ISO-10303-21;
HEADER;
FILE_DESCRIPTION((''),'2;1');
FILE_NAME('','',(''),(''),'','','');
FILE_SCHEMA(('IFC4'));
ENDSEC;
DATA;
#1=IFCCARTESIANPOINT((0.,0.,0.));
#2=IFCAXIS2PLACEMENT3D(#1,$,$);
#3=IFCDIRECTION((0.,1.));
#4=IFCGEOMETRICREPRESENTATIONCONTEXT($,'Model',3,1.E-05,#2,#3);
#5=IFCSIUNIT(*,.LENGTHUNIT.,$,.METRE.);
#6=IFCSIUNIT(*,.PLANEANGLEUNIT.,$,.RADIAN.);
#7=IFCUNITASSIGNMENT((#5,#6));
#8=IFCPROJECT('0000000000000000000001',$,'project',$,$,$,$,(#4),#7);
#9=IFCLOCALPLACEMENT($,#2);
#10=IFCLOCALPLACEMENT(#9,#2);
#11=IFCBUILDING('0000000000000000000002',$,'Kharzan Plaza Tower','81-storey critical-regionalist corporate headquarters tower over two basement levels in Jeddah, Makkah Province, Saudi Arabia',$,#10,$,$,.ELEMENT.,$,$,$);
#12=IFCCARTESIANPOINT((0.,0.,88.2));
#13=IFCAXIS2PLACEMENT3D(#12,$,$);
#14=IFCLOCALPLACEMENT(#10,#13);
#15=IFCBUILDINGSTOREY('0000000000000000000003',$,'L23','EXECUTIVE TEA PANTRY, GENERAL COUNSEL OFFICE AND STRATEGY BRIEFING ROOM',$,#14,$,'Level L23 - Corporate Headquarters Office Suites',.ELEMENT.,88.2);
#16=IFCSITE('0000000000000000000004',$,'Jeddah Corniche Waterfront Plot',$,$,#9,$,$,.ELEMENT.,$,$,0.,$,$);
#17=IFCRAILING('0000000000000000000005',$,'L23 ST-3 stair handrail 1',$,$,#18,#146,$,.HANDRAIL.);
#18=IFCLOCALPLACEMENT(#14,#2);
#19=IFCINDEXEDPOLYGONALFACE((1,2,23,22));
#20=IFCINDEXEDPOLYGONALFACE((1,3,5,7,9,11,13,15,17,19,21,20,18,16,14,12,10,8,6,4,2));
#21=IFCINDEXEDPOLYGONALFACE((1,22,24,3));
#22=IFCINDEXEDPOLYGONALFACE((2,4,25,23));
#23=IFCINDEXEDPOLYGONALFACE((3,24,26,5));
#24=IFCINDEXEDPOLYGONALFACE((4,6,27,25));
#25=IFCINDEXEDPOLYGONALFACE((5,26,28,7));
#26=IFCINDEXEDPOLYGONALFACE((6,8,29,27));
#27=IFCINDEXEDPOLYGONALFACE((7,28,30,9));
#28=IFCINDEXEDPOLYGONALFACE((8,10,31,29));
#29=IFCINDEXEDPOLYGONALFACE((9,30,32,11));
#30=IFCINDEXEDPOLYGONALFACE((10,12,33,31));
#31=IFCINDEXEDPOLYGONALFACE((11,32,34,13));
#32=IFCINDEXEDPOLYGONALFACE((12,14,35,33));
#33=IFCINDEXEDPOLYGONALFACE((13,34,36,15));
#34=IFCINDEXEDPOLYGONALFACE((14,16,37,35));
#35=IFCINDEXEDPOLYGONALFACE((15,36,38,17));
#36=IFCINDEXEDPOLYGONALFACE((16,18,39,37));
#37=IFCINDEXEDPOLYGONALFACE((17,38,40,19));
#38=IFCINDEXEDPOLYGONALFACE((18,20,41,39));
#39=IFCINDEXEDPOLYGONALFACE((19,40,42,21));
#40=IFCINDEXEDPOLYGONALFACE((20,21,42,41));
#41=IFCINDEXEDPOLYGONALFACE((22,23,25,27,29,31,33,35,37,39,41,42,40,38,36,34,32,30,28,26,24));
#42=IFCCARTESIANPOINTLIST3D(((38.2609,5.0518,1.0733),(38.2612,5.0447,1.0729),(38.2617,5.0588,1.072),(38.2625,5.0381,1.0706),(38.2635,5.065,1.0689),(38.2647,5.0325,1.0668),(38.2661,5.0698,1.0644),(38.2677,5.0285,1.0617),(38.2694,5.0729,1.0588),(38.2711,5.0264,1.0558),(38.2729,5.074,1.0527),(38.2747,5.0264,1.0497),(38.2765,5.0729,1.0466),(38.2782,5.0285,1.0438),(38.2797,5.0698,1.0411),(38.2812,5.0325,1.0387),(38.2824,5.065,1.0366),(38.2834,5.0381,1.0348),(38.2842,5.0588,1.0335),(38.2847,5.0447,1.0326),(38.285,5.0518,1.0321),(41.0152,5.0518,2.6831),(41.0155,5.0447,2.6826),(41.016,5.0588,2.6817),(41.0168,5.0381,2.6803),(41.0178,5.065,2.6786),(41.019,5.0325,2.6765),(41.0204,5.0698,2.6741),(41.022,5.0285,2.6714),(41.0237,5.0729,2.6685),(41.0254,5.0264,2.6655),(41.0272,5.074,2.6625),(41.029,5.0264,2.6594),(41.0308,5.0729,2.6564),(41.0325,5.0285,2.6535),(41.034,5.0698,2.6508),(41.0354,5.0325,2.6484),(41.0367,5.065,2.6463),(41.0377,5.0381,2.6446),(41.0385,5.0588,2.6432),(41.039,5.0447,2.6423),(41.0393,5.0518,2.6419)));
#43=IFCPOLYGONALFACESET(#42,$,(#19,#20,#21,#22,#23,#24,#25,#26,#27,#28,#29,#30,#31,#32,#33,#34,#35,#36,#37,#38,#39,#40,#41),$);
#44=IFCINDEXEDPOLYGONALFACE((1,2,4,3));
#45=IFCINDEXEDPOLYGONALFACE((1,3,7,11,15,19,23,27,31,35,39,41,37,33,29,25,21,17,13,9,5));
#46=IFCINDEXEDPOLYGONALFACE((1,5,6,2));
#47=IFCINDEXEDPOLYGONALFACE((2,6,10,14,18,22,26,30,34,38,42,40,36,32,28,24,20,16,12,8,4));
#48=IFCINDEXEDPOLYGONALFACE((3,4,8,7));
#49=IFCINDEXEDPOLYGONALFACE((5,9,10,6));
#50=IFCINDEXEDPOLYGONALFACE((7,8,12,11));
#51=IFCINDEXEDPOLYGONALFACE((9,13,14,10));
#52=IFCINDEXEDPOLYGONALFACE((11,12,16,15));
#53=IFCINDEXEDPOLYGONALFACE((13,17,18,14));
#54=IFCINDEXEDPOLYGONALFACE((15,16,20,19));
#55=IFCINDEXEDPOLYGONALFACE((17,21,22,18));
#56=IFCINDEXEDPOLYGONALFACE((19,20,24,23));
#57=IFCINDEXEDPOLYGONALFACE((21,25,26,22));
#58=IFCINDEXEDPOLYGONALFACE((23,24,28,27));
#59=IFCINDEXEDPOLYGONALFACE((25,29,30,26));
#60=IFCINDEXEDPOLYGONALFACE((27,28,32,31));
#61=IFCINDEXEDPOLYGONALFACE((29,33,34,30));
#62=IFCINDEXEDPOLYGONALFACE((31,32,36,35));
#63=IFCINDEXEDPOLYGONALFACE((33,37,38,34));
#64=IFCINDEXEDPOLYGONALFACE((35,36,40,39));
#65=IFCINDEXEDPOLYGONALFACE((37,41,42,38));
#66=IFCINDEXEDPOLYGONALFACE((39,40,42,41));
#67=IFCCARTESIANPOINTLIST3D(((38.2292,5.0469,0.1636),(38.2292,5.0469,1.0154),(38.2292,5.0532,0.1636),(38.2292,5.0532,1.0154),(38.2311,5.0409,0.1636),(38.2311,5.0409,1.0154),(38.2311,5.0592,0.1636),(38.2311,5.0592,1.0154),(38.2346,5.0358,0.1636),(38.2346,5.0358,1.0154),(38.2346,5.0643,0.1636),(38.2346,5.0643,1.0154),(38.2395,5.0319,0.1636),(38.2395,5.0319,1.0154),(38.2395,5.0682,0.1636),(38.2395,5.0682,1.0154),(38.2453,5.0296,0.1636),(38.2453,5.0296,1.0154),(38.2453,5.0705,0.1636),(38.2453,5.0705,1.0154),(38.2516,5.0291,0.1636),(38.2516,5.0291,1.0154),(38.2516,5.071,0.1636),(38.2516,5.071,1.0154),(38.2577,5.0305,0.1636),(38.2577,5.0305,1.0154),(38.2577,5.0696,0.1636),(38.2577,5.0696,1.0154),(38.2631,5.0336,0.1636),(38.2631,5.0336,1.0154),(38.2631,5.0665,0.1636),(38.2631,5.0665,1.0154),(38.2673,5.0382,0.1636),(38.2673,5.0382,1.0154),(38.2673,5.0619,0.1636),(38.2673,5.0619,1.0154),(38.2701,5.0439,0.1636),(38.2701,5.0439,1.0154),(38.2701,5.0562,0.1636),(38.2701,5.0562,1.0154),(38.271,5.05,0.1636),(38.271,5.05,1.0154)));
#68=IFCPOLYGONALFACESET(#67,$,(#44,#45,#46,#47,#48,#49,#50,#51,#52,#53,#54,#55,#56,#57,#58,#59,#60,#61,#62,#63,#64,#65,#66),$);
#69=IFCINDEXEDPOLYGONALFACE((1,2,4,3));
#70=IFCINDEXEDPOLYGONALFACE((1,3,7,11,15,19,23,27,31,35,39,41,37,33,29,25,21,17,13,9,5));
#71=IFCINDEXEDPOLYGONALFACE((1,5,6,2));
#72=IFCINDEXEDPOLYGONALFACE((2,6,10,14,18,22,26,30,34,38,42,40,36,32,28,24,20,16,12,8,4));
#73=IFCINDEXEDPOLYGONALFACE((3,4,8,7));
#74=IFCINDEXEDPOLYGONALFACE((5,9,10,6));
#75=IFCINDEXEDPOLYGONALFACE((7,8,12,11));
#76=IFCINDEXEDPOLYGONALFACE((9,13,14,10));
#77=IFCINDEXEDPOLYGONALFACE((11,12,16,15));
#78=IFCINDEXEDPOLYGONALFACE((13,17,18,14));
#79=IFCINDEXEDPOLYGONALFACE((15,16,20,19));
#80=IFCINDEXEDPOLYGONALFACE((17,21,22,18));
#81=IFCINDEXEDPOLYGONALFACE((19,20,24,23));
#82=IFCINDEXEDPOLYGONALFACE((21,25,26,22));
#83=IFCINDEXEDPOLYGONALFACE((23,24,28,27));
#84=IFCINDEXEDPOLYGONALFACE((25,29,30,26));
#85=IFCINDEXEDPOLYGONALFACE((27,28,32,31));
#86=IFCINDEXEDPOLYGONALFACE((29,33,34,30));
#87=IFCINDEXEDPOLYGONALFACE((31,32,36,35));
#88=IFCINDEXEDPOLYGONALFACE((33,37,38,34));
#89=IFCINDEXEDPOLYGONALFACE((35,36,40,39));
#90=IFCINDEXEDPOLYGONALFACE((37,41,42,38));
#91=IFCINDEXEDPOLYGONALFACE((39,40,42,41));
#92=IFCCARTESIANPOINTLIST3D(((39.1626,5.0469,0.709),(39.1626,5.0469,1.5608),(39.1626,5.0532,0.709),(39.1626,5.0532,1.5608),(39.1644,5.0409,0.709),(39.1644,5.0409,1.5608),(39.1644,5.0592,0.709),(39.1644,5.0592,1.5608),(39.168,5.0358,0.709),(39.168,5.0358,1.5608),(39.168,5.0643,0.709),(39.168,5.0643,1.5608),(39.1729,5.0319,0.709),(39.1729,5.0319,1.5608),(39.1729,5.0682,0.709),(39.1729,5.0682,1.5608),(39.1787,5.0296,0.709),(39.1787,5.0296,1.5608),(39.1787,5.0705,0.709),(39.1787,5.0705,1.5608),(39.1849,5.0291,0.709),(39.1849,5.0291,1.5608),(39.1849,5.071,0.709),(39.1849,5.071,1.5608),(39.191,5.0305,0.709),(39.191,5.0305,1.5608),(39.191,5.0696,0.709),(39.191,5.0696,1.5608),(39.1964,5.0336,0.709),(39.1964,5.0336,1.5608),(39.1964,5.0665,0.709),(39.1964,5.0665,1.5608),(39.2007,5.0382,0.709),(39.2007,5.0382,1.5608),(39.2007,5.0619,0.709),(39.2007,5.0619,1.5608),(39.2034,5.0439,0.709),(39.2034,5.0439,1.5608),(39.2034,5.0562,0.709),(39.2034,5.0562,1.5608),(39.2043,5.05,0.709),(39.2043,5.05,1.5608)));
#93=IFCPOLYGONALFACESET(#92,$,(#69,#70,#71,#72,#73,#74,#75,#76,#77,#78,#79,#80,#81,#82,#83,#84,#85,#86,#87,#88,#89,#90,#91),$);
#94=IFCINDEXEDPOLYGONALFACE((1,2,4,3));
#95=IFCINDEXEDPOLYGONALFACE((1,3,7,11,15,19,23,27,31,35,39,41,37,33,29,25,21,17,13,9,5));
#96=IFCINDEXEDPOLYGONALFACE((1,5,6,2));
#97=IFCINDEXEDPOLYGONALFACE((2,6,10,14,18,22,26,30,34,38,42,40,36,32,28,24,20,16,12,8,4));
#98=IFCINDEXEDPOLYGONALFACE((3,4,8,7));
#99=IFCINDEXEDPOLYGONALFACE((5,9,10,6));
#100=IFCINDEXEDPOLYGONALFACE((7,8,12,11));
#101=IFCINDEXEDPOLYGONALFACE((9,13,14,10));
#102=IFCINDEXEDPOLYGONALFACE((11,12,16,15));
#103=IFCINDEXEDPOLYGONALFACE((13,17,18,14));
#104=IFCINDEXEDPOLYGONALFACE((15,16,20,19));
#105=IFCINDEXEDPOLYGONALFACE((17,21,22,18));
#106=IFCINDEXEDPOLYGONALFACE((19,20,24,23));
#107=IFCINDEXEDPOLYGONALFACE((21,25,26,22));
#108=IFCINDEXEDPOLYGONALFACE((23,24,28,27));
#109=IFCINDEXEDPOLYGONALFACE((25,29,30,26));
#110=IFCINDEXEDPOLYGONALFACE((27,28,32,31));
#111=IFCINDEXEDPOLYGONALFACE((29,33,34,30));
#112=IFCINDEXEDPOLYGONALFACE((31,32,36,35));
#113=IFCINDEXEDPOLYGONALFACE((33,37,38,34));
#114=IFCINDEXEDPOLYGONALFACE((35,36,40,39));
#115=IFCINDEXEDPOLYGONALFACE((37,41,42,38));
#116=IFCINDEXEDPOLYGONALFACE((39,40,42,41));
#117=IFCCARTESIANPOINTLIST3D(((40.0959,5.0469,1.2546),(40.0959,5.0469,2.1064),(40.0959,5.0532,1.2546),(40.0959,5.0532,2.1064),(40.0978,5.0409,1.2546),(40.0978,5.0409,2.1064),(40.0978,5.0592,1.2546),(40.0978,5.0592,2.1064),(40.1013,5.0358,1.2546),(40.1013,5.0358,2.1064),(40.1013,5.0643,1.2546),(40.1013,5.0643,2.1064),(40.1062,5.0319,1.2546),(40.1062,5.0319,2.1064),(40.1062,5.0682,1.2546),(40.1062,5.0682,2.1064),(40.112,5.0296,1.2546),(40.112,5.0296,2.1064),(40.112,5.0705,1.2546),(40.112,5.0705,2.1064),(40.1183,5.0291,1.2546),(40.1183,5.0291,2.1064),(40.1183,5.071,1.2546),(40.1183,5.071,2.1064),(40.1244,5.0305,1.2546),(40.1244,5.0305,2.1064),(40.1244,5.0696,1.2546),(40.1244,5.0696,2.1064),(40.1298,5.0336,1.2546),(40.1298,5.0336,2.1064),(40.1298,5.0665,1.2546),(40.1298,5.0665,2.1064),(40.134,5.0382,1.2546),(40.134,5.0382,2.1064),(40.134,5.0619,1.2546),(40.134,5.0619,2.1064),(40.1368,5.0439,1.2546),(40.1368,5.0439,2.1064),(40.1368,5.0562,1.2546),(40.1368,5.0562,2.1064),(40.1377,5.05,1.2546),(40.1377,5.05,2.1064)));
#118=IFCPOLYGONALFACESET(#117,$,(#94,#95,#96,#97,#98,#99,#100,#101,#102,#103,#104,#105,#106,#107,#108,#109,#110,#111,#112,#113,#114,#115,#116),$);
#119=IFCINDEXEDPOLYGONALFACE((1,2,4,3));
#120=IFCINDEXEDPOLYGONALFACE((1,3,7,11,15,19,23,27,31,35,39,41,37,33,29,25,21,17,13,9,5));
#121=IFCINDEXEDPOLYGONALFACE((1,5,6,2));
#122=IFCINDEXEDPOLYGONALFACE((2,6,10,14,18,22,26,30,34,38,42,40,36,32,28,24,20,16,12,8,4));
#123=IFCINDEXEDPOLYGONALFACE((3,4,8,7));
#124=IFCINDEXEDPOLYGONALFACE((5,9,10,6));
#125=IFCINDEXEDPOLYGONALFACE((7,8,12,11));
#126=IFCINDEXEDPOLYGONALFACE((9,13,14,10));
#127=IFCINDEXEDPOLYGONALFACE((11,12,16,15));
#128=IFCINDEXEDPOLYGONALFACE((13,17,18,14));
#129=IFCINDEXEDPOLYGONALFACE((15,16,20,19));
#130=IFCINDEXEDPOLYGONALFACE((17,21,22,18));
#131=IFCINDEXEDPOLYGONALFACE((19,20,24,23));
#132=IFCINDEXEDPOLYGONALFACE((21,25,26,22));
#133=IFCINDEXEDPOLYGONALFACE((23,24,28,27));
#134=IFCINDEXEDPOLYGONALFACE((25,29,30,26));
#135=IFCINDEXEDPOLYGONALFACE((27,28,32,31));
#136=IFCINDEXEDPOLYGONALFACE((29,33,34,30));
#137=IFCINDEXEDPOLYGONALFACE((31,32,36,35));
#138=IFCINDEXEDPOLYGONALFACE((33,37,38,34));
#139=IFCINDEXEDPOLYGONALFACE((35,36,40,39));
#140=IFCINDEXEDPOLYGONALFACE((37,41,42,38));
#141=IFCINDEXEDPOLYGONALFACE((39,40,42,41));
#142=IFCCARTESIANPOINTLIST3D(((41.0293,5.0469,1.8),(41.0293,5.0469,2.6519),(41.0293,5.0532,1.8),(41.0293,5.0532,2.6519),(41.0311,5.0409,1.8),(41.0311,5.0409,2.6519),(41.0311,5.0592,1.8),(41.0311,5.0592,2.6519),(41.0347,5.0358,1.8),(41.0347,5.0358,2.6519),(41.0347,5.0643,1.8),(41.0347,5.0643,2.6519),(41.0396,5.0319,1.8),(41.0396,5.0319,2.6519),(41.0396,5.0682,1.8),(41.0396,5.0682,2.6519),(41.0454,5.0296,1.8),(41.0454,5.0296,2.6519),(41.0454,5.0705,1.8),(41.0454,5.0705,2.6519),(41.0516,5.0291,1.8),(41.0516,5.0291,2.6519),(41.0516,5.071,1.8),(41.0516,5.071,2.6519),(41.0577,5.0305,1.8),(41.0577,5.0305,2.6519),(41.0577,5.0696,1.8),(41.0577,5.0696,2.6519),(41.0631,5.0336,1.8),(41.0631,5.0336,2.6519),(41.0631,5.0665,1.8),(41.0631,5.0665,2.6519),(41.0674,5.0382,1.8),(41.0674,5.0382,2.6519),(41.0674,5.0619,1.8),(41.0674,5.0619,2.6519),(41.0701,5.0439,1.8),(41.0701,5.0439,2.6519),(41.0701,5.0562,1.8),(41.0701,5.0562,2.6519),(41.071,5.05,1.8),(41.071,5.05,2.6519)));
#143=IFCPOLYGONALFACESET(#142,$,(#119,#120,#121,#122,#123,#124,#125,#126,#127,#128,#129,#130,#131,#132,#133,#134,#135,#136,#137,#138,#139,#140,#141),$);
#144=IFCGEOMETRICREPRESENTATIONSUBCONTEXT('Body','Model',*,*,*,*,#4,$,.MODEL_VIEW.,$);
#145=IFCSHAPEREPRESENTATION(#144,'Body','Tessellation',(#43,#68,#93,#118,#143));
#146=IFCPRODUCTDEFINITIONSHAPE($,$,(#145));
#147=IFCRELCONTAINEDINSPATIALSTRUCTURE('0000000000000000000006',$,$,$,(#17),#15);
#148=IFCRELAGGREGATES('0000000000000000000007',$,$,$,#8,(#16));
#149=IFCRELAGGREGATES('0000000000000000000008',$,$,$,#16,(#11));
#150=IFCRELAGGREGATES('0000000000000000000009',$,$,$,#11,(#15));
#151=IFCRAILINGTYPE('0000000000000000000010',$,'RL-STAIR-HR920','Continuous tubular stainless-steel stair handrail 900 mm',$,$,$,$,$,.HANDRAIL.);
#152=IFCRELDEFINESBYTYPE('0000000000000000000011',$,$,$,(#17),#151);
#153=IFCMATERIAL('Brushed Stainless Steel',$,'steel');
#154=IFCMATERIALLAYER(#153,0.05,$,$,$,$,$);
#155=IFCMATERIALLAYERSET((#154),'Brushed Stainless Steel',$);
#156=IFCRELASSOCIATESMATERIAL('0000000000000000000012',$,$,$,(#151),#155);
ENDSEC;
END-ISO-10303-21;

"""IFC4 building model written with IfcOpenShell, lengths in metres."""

from ifc_helpers import new_model, si_unit, direction, frame, origin, origin_2d, place, context, subcontext, project, spatial, circle, extrude, source, transform, mapped, material, layer, layer_set, type_object, element, save


model = new_model("IFC4")

# Units and contexts
model_context = context("Model", 3, precision=1e-05, world=origin(), true_north=direction((0.0, 1.0)))
body_context = subcontext(model_context, "Body", "Model", "MODEL_VIEW")
ifc_project = project(units=[si_unit("LENGTHUNIT", "METRE"), si_unit("PLANEANGLEUNIT", "RADIAN")], contexts=[model_context])

# Site, building, storey
site_placement = place(None, origin())
site = spatial("IfcSite", under=ifc_project, at=site_placement, Name="Jeddah Corniche Waterfront Plot", CompositionType="ELEMENT", RefElevation=0.0)
building_placement = place(site_placement, origin())
building = spatial("IfcBuilding", under=site, at=building_placement, Name="Kharzan Plaza Tower", Description="81-storey critical-regionalist corporate headquarters tower over two basement levels in Jeddah, Makkah Province, Saudi Arabia", CompositionType="ELEMENT")
storey_placement = place(building_placement, frame((0.0, 0.0, 88.2)))
storey = spatial("IfcBuildingStorey", under=building, at=storey_placement, Name="L23", Description="EXECUTIVE TEA PANTRY, GENERAL COUNSEL OFFICE AND STRATEGY BRIEFING ROOM", LongName="Level L23 - Corporate Headquarters Office Suites", CompositionType="ELEMENT", Elevation=88.2)

# Railing
ifc_material_1 = material(Name="Brushed Stainless Steel", Category="steel")
ifc_layer_1 = layer(ifc_material_1, 0.05)
ifc_layer_set_1 = layer_set([ifc_layer_1], Name="Brushed Stainless Steel")
railing_type_1 = type_object("IfcRailingType", Name="RL-STAIR-HR920", Description="Continuous tubular stainless-steel stair handrail 900 mm", PredefinedType="HANDRAIL", material=ifc_layer_set_1)
shared_shape_1 = source(origin(), body_context, "Body", "SweptSolid", [
    extrude(circle(Radius=0.0239, at=origin_2d()), frame((0.0229, 0.0, 0.8892), z_axis=(0.863361, 0.0, 0.504587), x_axis=(0.0, 1.0, 0.0)), (0.0, 0.0, 1.0), 3.1902),
    extrude(circle(Radius=0.021, at=origin_2d()), origin(), (0.0, 0.0, 1.0), 0.8518),
    extrude(circle(Radius=0.021, at=origin_2d()), frame((0.9333, 0.0, 0.5454)), (0.0, 0.0, 1.0), 0.8518),
    extrude(circle(Radius=0.021, at=origin_2d()), frame((1.8667, 0.0, 1.0911)), (0.0, 0.0, 1.0), 0.8518),
    extrude(circle(Radius=0.021, at=origin_2d()), frame((2.8, 0.0, 1.6365)), (0.0, 0.0, 1.0), 0.8518),
])
railing_1_placement = place(storey_placement, frame((38.25, 5.05, 0.1636)))
element("IfcRailing", 1, at=railing_1_placement, inside=storey, type_object=railing_type_1, Name="L23 ST-3 stair handrail 1", PredefinedType="HANDRAIL", context=body_context, shape_type="MappedRepresentation", body=[
    mapped(shared_shape_1, transform((0.0, 0.0, 0.0), x_axis=(1.0, 0.0, 0.0), y_axis=(0.0, 1.0, 0.0), z_axis=(0.0, 0.0, 1.0))),
])

save(model, "model.ifc")
